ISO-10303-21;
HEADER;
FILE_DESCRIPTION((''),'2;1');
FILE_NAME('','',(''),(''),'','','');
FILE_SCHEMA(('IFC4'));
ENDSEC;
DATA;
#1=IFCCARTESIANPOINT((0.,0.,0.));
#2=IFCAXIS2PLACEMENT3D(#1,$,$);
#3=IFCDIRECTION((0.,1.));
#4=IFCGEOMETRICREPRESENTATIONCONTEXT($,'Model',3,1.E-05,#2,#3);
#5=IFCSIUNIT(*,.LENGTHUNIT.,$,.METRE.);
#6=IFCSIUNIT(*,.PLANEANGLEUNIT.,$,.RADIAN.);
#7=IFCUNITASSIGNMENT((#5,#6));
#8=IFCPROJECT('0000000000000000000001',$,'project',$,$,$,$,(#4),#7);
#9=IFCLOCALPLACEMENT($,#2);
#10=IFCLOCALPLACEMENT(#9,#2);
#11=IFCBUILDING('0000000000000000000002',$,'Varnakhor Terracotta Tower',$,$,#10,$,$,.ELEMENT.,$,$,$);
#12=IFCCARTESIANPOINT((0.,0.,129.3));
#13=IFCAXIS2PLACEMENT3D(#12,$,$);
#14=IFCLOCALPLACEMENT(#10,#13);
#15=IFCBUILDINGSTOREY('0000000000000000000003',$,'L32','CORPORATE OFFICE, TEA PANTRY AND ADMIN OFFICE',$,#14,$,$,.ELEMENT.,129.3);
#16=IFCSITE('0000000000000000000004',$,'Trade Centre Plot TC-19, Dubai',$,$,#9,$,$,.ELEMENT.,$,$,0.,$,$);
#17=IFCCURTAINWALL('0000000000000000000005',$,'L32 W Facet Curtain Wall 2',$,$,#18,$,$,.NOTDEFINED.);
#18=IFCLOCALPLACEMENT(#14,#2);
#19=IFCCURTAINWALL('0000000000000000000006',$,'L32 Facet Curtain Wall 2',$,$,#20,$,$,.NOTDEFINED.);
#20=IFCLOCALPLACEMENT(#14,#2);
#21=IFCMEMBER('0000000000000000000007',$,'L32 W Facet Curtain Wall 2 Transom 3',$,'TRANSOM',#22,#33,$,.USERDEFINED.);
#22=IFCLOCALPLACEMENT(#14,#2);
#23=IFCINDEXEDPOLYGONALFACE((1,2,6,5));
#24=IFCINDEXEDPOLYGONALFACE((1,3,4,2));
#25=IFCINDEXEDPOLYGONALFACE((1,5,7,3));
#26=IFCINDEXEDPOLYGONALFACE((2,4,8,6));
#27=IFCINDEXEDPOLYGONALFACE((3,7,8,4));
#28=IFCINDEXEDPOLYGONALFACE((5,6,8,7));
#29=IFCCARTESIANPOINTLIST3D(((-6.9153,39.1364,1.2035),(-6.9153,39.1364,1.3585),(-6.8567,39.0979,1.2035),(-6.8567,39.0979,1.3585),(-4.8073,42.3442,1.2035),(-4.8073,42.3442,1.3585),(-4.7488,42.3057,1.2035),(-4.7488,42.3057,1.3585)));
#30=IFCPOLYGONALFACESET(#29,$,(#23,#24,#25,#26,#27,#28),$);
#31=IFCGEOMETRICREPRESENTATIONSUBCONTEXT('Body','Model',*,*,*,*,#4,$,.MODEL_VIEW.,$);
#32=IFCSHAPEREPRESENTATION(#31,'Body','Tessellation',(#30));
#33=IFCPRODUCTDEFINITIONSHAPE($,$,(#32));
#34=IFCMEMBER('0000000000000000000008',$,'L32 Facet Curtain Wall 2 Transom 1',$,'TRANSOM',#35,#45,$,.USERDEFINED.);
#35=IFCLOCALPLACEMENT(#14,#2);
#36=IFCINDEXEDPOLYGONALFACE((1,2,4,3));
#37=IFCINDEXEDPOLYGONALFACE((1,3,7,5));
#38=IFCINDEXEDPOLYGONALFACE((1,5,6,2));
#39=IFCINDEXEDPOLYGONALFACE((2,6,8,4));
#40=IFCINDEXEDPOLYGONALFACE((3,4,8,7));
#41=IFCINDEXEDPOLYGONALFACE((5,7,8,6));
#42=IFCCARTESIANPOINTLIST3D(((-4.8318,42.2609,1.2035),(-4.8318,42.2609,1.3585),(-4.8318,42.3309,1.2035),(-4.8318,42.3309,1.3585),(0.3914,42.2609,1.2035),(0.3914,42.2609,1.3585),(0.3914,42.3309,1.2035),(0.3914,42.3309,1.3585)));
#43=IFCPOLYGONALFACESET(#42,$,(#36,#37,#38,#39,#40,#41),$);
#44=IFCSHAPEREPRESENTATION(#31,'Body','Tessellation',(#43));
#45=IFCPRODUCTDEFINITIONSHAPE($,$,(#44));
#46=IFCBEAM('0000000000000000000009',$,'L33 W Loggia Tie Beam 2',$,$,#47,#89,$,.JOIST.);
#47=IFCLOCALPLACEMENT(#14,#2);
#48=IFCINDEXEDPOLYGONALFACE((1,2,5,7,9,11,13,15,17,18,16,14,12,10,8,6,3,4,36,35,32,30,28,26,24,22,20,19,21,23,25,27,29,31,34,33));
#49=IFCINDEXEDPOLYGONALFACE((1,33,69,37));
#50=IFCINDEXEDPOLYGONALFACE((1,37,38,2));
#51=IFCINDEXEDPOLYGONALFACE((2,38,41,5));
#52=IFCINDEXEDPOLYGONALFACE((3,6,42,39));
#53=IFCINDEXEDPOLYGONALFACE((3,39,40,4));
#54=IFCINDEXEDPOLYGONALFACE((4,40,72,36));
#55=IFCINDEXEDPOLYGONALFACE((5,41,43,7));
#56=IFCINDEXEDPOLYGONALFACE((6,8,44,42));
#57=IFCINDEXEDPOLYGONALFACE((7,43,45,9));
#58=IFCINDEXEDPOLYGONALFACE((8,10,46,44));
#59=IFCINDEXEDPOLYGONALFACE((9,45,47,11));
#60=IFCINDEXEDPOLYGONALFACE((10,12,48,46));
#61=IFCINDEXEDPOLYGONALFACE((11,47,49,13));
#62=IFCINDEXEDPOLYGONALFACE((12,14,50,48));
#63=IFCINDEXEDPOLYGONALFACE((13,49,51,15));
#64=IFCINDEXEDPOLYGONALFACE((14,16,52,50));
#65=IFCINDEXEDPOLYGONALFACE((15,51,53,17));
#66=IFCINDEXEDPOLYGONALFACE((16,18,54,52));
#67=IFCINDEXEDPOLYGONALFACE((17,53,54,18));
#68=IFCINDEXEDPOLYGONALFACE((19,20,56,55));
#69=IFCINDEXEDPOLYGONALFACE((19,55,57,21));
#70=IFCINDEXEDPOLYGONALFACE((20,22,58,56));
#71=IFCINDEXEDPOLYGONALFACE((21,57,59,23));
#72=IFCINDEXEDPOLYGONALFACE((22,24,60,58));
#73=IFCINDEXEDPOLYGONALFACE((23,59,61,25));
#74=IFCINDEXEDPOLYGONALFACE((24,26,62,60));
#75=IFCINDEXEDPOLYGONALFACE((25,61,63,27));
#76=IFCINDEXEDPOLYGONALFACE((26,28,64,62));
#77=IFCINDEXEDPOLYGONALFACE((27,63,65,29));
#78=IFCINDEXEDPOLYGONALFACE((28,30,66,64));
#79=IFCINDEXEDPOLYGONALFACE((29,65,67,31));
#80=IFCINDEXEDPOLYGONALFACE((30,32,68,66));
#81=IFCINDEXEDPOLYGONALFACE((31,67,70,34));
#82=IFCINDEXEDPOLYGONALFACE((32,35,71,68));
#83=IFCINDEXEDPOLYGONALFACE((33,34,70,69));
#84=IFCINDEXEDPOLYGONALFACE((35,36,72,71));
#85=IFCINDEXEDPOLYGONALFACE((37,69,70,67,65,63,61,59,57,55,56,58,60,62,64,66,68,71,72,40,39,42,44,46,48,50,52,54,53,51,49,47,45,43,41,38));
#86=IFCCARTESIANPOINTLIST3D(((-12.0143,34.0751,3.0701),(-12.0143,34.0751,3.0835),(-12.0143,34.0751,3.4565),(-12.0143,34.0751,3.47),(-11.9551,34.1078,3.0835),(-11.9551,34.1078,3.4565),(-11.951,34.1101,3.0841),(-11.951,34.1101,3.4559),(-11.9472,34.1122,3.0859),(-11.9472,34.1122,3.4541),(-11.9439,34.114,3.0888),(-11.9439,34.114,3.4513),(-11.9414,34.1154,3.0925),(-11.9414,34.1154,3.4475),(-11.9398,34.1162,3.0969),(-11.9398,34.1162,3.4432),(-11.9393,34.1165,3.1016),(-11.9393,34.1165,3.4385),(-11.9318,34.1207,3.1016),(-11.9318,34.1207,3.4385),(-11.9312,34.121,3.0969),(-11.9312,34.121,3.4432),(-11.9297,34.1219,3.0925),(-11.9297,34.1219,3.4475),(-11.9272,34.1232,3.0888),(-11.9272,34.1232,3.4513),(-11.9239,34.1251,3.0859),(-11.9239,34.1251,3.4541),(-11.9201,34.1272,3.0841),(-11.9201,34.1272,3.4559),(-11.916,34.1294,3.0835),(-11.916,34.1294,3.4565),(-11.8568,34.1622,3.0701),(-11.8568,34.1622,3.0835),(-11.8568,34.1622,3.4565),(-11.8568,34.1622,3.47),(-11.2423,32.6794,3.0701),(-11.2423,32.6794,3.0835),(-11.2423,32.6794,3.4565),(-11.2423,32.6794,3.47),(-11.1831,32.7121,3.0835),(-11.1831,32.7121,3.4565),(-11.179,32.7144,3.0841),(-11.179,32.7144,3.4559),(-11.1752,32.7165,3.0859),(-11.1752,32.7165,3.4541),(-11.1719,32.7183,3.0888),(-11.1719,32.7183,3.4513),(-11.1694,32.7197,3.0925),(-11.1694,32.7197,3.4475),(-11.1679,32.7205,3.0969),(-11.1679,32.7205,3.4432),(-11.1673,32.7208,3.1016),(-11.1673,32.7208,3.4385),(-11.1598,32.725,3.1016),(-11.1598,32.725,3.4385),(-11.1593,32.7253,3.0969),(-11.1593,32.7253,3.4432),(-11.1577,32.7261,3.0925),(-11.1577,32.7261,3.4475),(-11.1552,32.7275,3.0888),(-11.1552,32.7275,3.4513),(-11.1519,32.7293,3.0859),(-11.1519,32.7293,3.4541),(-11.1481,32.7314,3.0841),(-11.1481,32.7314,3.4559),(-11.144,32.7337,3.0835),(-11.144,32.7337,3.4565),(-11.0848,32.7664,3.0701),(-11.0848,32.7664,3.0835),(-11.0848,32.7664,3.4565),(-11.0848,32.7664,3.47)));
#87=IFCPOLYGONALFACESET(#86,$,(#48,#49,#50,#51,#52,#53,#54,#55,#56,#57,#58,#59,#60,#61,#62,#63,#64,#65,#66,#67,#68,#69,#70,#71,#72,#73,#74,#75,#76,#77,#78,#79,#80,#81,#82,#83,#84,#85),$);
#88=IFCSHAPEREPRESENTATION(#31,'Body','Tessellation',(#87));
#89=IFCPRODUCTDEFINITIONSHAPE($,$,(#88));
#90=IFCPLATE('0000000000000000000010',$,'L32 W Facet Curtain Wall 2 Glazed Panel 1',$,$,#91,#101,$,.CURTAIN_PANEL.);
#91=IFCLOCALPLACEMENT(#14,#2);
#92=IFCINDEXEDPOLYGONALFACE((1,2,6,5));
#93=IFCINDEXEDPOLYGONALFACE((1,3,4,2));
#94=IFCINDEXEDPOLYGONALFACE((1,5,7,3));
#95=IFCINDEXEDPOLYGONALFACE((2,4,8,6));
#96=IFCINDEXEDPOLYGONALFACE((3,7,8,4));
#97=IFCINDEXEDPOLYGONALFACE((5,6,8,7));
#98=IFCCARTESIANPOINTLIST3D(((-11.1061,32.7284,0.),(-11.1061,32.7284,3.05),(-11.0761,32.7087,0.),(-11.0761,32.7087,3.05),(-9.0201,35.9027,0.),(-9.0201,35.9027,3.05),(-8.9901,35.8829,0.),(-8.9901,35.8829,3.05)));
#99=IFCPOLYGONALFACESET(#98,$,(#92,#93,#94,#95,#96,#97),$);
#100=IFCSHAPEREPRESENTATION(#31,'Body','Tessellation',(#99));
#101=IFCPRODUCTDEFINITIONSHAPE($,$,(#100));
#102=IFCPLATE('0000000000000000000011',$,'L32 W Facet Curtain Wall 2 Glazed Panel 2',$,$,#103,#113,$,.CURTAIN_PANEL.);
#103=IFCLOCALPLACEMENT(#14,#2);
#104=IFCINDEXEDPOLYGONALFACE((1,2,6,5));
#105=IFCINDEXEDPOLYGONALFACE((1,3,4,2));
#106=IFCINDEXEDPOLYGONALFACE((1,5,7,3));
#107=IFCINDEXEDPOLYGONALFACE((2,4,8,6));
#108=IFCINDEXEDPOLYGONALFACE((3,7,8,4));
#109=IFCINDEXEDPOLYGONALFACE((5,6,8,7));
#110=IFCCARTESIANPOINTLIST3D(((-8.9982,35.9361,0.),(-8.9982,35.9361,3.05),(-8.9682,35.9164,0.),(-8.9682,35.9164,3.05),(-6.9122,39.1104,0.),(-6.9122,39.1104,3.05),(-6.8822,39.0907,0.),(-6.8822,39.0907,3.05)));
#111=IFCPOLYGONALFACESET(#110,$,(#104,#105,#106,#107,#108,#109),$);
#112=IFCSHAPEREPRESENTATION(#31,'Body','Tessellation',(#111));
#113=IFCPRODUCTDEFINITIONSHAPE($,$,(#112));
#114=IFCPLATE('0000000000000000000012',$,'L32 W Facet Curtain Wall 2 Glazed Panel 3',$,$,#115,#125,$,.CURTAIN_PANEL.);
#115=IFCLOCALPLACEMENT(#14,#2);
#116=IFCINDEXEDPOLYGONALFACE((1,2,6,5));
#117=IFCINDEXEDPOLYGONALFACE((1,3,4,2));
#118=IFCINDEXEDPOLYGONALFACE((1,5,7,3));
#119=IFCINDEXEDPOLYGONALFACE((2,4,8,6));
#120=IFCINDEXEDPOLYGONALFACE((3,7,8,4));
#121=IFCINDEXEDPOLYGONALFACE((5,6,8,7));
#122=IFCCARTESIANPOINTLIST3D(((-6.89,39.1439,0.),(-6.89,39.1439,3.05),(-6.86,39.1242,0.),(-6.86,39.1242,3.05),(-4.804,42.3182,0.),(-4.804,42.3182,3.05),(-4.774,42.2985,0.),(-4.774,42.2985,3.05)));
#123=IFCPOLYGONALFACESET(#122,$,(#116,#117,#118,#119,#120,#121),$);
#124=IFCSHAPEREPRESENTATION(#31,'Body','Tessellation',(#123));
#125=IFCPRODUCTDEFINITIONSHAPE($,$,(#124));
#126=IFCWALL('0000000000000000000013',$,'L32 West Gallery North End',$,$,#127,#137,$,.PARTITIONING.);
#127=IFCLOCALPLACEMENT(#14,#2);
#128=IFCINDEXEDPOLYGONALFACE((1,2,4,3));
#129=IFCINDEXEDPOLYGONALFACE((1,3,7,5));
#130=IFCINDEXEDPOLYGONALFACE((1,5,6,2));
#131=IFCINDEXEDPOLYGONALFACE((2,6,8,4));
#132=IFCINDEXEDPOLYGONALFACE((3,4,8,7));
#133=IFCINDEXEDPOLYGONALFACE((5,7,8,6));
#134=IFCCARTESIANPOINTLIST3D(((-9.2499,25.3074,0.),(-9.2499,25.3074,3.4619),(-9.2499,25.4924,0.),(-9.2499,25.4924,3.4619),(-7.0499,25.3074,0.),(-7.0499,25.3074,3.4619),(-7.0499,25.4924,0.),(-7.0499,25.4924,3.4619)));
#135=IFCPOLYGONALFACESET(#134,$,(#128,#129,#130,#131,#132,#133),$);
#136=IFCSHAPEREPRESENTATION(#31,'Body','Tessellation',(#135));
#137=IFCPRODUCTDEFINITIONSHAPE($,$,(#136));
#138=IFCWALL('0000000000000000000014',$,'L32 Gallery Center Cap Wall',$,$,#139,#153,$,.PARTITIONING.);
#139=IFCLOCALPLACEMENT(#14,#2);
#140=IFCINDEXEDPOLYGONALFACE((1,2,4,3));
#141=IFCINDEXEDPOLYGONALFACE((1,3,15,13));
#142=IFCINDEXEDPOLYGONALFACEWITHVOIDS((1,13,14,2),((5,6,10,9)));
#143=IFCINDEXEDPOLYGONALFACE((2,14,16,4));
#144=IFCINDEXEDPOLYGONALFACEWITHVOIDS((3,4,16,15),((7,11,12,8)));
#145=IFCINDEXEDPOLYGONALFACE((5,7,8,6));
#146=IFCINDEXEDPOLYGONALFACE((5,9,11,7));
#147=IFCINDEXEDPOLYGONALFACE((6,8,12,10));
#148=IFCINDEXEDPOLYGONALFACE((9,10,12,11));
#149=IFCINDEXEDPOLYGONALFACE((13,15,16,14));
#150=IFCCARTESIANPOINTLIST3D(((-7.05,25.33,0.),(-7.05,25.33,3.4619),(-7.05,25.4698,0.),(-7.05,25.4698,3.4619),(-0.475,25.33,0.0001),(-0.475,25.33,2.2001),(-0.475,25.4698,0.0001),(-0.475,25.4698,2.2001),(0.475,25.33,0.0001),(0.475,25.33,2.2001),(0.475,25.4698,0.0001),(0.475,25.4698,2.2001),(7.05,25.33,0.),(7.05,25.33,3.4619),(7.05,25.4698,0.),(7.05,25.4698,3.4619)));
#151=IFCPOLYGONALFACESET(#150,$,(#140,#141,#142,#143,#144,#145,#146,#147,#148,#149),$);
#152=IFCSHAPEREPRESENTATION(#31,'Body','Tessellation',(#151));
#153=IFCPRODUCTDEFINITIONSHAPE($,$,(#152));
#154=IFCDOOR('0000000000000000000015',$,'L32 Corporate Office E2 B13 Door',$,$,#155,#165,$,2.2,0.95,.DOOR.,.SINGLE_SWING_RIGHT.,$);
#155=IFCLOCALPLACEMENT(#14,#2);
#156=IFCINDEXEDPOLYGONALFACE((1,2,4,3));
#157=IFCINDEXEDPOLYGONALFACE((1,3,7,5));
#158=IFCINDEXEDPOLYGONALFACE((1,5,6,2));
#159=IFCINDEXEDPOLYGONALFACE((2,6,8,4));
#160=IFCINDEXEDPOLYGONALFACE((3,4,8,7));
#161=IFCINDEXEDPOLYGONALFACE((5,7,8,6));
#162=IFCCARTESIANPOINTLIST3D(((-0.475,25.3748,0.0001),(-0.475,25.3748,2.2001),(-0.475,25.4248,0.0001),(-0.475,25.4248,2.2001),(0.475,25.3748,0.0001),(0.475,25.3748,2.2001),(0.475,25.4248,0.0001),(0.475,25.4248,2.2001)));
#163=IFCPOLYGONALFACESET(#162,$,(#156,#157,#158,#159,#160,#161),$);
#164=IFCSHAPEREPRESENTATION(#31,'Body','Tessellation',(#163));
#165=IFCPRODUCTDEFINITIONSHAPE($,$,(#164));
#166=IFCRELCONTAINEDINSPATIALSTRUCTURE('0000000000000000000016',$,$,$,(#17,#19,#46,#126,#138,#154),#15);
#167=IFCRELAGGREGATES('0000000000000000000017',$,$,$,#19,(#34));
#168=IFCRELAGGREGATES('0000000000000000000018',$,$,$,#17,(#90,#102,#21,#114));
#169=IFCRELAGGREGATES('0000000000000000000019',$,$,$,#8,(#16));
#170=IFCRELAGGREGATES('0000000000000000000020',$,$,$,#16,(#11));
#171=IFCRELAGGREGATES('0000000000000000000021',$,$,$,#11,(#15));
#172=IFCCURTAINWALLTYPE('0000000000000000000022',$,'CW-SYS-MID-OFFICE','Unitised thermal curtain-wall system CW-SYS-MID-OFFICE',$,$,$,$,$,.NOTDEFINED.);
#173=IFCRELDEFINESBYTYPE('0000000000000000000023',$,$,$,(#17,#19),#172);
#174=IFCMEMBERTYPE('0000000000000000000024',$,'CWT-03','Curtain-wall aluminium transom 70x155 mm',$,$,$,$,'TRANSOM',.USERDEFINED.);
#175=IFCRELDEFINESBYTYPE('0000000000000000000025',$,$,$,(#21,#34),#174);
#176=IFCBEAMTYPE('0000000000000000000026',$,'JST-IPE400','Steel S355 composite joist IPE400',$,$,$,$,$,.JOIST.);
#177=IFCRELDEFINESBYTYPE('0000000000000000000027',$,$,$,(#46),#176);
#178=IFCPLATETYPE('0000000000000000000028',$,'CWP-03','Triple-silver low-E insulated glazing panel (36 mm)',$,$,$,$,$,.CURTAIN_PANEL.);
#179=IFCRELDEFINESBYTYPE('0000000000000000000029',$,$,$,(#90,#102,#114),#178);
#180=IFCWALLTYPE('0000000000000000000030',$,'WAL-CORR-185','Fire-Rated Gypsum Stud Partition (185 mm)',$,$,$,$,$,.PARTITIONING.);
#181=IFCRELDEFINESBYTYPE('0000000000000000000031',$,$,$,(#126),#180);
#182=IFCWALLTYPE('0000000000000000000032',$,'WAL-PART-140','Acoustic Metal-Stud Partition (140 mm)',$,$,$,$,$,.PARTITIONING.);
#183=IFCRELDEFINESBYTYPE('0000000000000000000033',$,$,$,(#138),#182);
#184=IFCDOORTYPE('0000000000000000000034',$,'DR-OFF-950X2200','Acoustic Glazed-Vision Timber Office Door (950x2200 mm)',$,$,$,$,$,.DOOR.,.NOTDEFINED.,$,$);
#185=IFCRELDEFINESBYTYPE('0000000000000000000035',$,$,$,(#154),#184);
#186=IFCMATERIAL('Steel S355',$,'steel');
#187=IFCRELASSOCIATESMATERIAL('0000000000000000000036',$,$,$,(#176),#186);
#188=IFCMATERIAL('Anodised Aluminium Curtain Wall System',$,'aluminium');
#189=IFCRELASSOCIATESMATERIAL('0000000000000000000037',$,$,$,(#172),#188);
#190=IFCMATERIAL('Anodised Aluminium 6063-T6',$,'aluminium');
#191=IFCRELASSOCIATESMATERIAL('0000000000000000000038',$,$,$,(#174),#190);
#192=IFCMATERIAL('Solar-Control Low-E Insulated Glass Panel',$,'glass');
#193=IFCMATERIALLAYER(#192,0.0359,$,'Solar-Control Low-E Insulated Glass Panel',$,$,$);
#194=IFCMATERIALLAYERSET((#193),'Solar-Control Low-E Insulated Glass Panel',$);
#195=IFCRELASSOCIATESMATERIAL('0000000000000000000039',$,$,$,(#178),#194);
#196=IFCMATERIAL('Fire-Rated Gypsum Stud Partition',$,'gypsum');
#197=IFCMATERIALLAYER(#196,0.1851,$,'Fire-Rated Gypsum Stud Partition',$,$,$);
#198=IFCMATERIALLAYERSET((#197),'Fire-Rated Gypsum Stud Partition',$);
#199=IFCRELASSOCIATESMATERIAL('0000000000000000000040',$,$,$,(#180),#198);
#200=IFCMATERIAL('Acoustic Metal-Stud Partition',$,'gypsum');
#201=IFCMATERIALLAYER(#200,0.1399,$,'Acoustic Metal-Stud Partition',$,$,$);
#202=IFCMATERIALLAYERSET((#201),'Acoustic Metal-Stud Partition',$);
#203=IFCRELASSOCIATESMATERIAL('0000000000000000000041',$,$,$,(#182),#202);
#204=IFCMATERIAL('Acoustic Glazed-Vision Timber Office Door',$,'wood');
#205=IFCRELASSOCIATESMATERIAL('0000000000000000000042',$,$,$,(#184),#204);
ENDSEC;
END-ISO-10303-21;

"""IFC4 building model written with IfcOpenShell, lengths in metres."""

from ifc_helpers import new_model, si_unit, direction, frame, frame_2d, origin, origin_2d, place, context, subcontext, project, spatial, rectangle, i_section, extrude, source, transform, mapped, material, layer, layer_set, material_profile, profile_set, type_object, type_shapes, element, fill, aggregate, save


model = new_model("IFC4")

# Units and contexts
model_context = context("Model", 3, precision=1e-05, world=origin(), true_north=direction((0.0, 1.0)))
body_context = subcontext(model_context, "Body", "Model", "MODEL_VIEW")
ifc_project = project(units=[si_unit("LENGTHUNIT", "METRE"), si_unit("PLANEANGLEUNIT", "RADIAN")], contexts=[model_context])

# Site, building, storey
site_placement = place(None, origin())
site = spatial("IfcSite", under=ifc_project, at=site_placement, Name="Trade Centre Plot TC-19, Dubai", CompositionType="ELEMENT", RefElevation=0.0)
building_placement = place(site_placement, origin())
building = spatial("IfcBuilding", under=site, at=building_placement, Name="Varnakhor Terracotta Tower", CompositionType="ELEMENT")
storey_placement = place(building_placement, frame((0.0, 0.0, 129.3)))
storey = spatial("IfcBuildingStorey", under=building, at=storey_placement, Name="L32", Description="CORPORATE OFFICE, TEA PANTRY AND ADMIN OFFICE", CompositionType="ELEMENT", Elevation=129.3)

# Shared definitions
ifc_material_1 = material(Name="Steel S355", Category="steel")
ifc_material_profile_1 = material_profile(ifc_material_1, i_section(OverallWidth=0.1799, OverallDepth=0.3999, WebThickness=0.0085, FlangeThickness=0.0134, FilletRadius=0.0181, at=origin_2d()), Name="IPE400")
ifc_profile_set_1 = profile_set([ifc_material_profile_1], Name="Steel S355")
beam_type_1 = type_object("IfcBeamType", Name="JST-IPE400", Description="Steel S355 composite joist IPE400", PredefinedType="JOIST", material=ifc_profile_set_1)

# Curtain wall
ifc_material_2 = material(Name="Anodised Aluminium Curtain Wall System", Category="aluminium")
curtain_wall_type = type_object("IfcCurtainWallType", Name="CW-SYS-MID-OFFICE", Description="Unitised thermal curtain-wall system CW-SYS-MID-OFFICE", PredefinedType="NOTDEFINED", material=ifc_material_2)
curtain_wall_1_placement = place(storey_placement, origin())
curtain_wall_1 = element("IfcCurtainWall", 1, at=curtain_wall_1_placement, inside=storey, type_object=curtain_wall_type, Name="L32 W Facet Curtain Wall 2", PredefinedType="NOTDEFINED")
ifc_material_3 = material(Name="Anodised Aluminium 6063-T6", Category="aluminium")

# Curtain wall
curtain_wall_2_placement = place(storey_placement, origin())
curtain_wall_2 = element("IfcCurtainWall", 2, at=curtain_wall_2_placement, inside=storey, type_object=curtain_wall_type, Name="L32 Facet Curtain Wall 2", PredefinedType="NOTDEFINED")

# Members
ifc_material_profile_2 = material_profile(ifc_material_3, rectangle(XDim=0.0701, YDim=0.155, at=origin_2d()), Name="ALU TRANSOM 70x155")
ifc_profile_set_2 = profile_set([ifc_material_profile_2], Name="Anodised Aluminium 6063-T6")
member_type_1 = type_object("IfcMemberType", Name="CWT-03", Description="Curtain-wall aluminium transom 70x155 mm", ElementType="TRANSOM", PredefinedType="USERDEFINED", material=ifc_profile_set_2)
shared_shape_1 = source(origin(), body_context, "Body", "SweptSolid", [
    extrude(rectangle(XDim=0.0701, YDim=0.155, at=origin_2d()), origin(), (0.0, 0.0, 1.0), 3.8384),
])
member_1_placement = place(storey_placement, frame((-6.886, 39.1172, 1.281), z_axis=(0.549169, 0.835711, 0.0), x_axis=(-0.835711, 0.549169, 0.0)))
member_1 = element("IfcMember", 3, at=member_1_placement, type_object=member_type_1, Name="L32 W Facet Curtain Wall 2 Transom 3", ObjectType="TRANSOM", PredefinedType="USERDEFINED", context=body_context, shape_type="MappedRepresentation", body=[
    mapped(shared_shape_1, transform((0.0, 0.0, 0.0), scale=1.0)),
])
shared_shape_2 = source(origin(), body_context, "Body", "SweptSolid", [
    extrude(rectangle(XDim=0.0701, YDim=0.155, at=origin_2d()), origin(), (0.0, 0.0, 1.0), 5.2231),
])
member_2_placement = place(storey_placement, frame((-4.8318, 42.2959, 1.281), z_axis=(1.0, 0.0, 0.0), x_axis=(0.0, 1.0, 0.0)))
member_2 = element("IfcMember", 4, at=member_2_placement, type_object=member_type_1, Name="L32 Facet Curtain Wall 2 Transom 1", ObjectType="TRANSOM", PredefinedType="USERDEFINED", context=body_context, shape_type="MappedRepresentation", body=[
    mapped(shared_shape_2, transform((0.0, 0.0, 0.0), scale=1.0)),
])
aggregate(curtain_wall_2, [member_2])

# Beam
shared_shape_3 = source(origin(), body_context, "Body", "SweptSolid", [
    extrude(i_section(OverallWidth=0.1799, OverallDepth=0.3999, WebThickness=0.0085, FlangeThickness=0.0134, FilletRadius=0.0181, at=origin_2d()), origin(), (0.0, 0.0, 1.0), 1.595),
])
beam_1_placement = place(storey_placement, frame((-11.1636, 32.7229, 3.27), z_axis=(-0.483992, 0.875073, 0.0), x_axis=(-0.875073, -0.483992, 0.0)))
element("IfcBeam", 5, at=beam_1_placement, inside=storey, type_object=beam_type_1, Name="L33 W Loggia Tie Beam 2", PredefinedType="JOIST", context=body_context, shape_type="MappedRepresentation", body=[
    mapped(shared_shape_3, transform((0.0, 0.0, 0.0), scale=1.0)),
])

# Plates
ifc_material_4 = material(Name="Solar-Control Low-E Insulated Glass Panel", Category="glass")
ifc_layer_1 = layer(ifc_material_4, 0.0359, Name="Solar-Control Low-E Insulated Glass Panel")
ifc_layer_set_1 = layer_set([ifc_layer_1], Name="Solar-Control Low-E Insulated Glass Panel")
plate_type = type_object("IfcPlateType", Name="CWP-03", Description="Triple-silver low-E insulated glazing panel (36 mm)", PredefinedType="CURTAIN_PANEL", material=ifc_layer_set_1)
shared_shape_4 = source(origin(), body_context, "Body", "SweptSolid", [
    extrude(rectangle(XDim=3.7983, YDim=0.0359, at=origin_2d()), origin(), (0.0, 0.0, 1.0), 3.05),
])
plate_1_placement = place(storey_placement, frame((-10.0481, 34.3057, 0.0), z_axis=(0.0, 0.0, 1.0), x_axis=(0.549183, 0.835702, 0.0)))
plate_1 = element("IfcPlate", 6, at=plate_1_placement, type_object=plate_type, Name="L32 W Facet Curtain Wall 2 Glazed Panel 1", PredefinedType="CURTAIN_PANEL", context=body_context, shape_type="MappedRepresentation", body=[
    mapped(shared_shape_4, transform((0.0, 0.0, 0.0), scale=1.0)),
])
plate_2_placement = place(storey_placement, frame((-7.9402, 37.5134, 0.0), z_axis=(0.0, 0.0, 1.0), x_axis=(0.549183, 0.835702, 0.0)))
plate_2 = element("IfcPlate", 7, at=plate_2_placement, type_object=plate_type, Name="L32 W Facet Curtain Wall 2 Glazed Panel 2", PredefinedType="CURTAIN_PANEL", context=body_context, shape_type="MappedRepresentation", body=[
    mapped(shared_shape_4, transform((0.0, 0.0, 0.0), scale=1.0)),
])
plate_3_placement = place(storey_placement, frame((-5.832, 40.7212, 0.0), z_axis=(0.0, 0.0, 1.0), x_axis=(0.549183, 0.835702, 0.0)))
plate_3 = element("IfcPlate", 8, at=plate_3_placement, type_object=plate_type, Name="L32 W Facet Curtain Wall 2 Glazed Panel 3", PredefinedType="CURTAIN_PANEL", context=body_context, shape_type="MappedRepresentation", body=[
    mapped(shared_shape_4, transform((0.0, 0.0, 0.0), scale=1.0)),
])
aggregate(curtain_wall_1, [plate_1, plate_2, member_1, plate_3])

# Wall
ifc_material_5 = material(Name="Fire-Rated Gypsum Stud Partition", Category="gypsum")
ifc_layer_2 = layer(ifc_material_5, 0.1851, Name="Fire-Rated Gypsum Stud Partition")
ifc_layer_set_2 = layer_set([ifc_layer_2], Name="Fire-Rated Gypsum Stud Partition")
wall_type_1 = type_object("IfcWallType", Name="WAL-CORR-185", Description="Fire-Rated Gypsum Stud Partition (185 mm)", PredefinedType="PARTITIONING", material=ifc_layer_set_2)
wall_1_placement = place(storey_placement, frame((-9.25, 25.3999, 0.0), z_axis=(0.0, 0.0, 1.0), x_axis=(1.0, 0.0, 0.0)))
element("IfcWall", 9, at=wall_1_placement, inside=storey, type_object=wall_type_1, Name="L32 West Gallery North End", PredefinedType="PARTITIONING", context=body_context, shape_type="SweptSolid", body=[
    extrude(rectangle(XDim=2.2, YDim=0.1851, at=frame_2d((1.1001, 0.0))), origin(), (0.0, 0.0, 1.0), 3.4619),
])

# Wall, opening, door
ifc_material_6 = material(Name="Acoustic Metal-Stud Partition", Category="gypsum")
ifc_layer_3 = layer(ifc_material_6, 0.1399, Name="Acoustic Metal-Stud Partition")
ifc_layer_set_3 = layer_set([ifc_layer_3], Name="Acoustic Metal-Stud Partition")
wall_type_2 = type_object("IfcWallType", Name="WAL-PART-140", Description="Acoustic Metal-Stud Partition (140 mm)", PredefinedType="PARTITIONING", material=ifc_layer_set_3)
wall_2_placement = place(storey_placement, frame((-7.05, 25.3999, 0.0), z_axis=(0.0, 0.0, 1.0), x_axis=(1.0, 0.0, 0.0)))
wall_2 = element("IfcWall", 10, at=wall_2_placement, inside=storey, type_object=wall_type_2, Name="L32 Gallery Center Cap Wall", PredefinedType="PARTITIONING", context=body_context, shape_type="SweptSolid", body=[
    extrude(rectangle(XDim=14.1001, YDim=0.1399, at=frame_2d((7.05, 0.0))), origin(), (0.0, 0.0, 1.0), 3.4619),
])
opening_1_placement = place(wall_2_placement, frame((6.575, 0.0, 0.0)))
opening_1 = element("IfcOpeningElement", 11, at=opening_1_placement, cuts=wall_2, PredefinedType="OPENING", context=body_context, shape_type="SweptSolid", body=[
    extrude(rectangle(XDim=0.95, YDim=2.2, at=frame_2d((0.4751, 1.1001))), frame((0.0, 0.0801, 0.0), z_axis=(0.0, -1.0, 0.0), x_axis=(1.0, 0.0, 0.0)), (0.0, 0.0, 1.0), 0.1599),
])
ifc_material_7 = material(Name="Acoustic Glazed-Vision Timber Office Door", Category="wood")
door_type = type_object("IfcDoorType", Name="DR-OFF-950X2200", Description="Acoustic Glazed-Vision Timber Office Door (950x2200 mm)", OperationType="NOTDEFINED", PredefinedType="DOOR", material=ifc_material_7)
shared_shape_5 = source(origin(), body_context, "Body", "SweptSolid", [
    extrude(rectangle(XDim=0.95, YDim=2.2, at=frame_2d((0.4751, 1.1001))), frame((0.0, 0.0249, 0.0), z_axis=(0.0, -1.0, 0.0), x_axis=(1.0, 0.0, 0.0)), (0.0, 0.0, 1.0), 0.05),
])
type_shapes(door_type, [shared_shape_5])
door_1_placement = place(opening_1_placement, origin())
door_1 = element("IfcDoor", 12, at=door_1_placement, inside=storey, type_object=door_type, Name="L32 Corporate Office E2 B13 Door", OperationType="SINGLE_SWING_RIGHT", OverallHeight=2.2, OverallWidth=0.95, PredefinedType="DOOR", context=body_context, shape_type="MappedRepresentation", body=[
    mapped(shared_shape_5, transform((0.0, 0.0, 0.0), scale=1.0)),
])
fill(opening_1, door_1)

save(model, "model.ifc")
